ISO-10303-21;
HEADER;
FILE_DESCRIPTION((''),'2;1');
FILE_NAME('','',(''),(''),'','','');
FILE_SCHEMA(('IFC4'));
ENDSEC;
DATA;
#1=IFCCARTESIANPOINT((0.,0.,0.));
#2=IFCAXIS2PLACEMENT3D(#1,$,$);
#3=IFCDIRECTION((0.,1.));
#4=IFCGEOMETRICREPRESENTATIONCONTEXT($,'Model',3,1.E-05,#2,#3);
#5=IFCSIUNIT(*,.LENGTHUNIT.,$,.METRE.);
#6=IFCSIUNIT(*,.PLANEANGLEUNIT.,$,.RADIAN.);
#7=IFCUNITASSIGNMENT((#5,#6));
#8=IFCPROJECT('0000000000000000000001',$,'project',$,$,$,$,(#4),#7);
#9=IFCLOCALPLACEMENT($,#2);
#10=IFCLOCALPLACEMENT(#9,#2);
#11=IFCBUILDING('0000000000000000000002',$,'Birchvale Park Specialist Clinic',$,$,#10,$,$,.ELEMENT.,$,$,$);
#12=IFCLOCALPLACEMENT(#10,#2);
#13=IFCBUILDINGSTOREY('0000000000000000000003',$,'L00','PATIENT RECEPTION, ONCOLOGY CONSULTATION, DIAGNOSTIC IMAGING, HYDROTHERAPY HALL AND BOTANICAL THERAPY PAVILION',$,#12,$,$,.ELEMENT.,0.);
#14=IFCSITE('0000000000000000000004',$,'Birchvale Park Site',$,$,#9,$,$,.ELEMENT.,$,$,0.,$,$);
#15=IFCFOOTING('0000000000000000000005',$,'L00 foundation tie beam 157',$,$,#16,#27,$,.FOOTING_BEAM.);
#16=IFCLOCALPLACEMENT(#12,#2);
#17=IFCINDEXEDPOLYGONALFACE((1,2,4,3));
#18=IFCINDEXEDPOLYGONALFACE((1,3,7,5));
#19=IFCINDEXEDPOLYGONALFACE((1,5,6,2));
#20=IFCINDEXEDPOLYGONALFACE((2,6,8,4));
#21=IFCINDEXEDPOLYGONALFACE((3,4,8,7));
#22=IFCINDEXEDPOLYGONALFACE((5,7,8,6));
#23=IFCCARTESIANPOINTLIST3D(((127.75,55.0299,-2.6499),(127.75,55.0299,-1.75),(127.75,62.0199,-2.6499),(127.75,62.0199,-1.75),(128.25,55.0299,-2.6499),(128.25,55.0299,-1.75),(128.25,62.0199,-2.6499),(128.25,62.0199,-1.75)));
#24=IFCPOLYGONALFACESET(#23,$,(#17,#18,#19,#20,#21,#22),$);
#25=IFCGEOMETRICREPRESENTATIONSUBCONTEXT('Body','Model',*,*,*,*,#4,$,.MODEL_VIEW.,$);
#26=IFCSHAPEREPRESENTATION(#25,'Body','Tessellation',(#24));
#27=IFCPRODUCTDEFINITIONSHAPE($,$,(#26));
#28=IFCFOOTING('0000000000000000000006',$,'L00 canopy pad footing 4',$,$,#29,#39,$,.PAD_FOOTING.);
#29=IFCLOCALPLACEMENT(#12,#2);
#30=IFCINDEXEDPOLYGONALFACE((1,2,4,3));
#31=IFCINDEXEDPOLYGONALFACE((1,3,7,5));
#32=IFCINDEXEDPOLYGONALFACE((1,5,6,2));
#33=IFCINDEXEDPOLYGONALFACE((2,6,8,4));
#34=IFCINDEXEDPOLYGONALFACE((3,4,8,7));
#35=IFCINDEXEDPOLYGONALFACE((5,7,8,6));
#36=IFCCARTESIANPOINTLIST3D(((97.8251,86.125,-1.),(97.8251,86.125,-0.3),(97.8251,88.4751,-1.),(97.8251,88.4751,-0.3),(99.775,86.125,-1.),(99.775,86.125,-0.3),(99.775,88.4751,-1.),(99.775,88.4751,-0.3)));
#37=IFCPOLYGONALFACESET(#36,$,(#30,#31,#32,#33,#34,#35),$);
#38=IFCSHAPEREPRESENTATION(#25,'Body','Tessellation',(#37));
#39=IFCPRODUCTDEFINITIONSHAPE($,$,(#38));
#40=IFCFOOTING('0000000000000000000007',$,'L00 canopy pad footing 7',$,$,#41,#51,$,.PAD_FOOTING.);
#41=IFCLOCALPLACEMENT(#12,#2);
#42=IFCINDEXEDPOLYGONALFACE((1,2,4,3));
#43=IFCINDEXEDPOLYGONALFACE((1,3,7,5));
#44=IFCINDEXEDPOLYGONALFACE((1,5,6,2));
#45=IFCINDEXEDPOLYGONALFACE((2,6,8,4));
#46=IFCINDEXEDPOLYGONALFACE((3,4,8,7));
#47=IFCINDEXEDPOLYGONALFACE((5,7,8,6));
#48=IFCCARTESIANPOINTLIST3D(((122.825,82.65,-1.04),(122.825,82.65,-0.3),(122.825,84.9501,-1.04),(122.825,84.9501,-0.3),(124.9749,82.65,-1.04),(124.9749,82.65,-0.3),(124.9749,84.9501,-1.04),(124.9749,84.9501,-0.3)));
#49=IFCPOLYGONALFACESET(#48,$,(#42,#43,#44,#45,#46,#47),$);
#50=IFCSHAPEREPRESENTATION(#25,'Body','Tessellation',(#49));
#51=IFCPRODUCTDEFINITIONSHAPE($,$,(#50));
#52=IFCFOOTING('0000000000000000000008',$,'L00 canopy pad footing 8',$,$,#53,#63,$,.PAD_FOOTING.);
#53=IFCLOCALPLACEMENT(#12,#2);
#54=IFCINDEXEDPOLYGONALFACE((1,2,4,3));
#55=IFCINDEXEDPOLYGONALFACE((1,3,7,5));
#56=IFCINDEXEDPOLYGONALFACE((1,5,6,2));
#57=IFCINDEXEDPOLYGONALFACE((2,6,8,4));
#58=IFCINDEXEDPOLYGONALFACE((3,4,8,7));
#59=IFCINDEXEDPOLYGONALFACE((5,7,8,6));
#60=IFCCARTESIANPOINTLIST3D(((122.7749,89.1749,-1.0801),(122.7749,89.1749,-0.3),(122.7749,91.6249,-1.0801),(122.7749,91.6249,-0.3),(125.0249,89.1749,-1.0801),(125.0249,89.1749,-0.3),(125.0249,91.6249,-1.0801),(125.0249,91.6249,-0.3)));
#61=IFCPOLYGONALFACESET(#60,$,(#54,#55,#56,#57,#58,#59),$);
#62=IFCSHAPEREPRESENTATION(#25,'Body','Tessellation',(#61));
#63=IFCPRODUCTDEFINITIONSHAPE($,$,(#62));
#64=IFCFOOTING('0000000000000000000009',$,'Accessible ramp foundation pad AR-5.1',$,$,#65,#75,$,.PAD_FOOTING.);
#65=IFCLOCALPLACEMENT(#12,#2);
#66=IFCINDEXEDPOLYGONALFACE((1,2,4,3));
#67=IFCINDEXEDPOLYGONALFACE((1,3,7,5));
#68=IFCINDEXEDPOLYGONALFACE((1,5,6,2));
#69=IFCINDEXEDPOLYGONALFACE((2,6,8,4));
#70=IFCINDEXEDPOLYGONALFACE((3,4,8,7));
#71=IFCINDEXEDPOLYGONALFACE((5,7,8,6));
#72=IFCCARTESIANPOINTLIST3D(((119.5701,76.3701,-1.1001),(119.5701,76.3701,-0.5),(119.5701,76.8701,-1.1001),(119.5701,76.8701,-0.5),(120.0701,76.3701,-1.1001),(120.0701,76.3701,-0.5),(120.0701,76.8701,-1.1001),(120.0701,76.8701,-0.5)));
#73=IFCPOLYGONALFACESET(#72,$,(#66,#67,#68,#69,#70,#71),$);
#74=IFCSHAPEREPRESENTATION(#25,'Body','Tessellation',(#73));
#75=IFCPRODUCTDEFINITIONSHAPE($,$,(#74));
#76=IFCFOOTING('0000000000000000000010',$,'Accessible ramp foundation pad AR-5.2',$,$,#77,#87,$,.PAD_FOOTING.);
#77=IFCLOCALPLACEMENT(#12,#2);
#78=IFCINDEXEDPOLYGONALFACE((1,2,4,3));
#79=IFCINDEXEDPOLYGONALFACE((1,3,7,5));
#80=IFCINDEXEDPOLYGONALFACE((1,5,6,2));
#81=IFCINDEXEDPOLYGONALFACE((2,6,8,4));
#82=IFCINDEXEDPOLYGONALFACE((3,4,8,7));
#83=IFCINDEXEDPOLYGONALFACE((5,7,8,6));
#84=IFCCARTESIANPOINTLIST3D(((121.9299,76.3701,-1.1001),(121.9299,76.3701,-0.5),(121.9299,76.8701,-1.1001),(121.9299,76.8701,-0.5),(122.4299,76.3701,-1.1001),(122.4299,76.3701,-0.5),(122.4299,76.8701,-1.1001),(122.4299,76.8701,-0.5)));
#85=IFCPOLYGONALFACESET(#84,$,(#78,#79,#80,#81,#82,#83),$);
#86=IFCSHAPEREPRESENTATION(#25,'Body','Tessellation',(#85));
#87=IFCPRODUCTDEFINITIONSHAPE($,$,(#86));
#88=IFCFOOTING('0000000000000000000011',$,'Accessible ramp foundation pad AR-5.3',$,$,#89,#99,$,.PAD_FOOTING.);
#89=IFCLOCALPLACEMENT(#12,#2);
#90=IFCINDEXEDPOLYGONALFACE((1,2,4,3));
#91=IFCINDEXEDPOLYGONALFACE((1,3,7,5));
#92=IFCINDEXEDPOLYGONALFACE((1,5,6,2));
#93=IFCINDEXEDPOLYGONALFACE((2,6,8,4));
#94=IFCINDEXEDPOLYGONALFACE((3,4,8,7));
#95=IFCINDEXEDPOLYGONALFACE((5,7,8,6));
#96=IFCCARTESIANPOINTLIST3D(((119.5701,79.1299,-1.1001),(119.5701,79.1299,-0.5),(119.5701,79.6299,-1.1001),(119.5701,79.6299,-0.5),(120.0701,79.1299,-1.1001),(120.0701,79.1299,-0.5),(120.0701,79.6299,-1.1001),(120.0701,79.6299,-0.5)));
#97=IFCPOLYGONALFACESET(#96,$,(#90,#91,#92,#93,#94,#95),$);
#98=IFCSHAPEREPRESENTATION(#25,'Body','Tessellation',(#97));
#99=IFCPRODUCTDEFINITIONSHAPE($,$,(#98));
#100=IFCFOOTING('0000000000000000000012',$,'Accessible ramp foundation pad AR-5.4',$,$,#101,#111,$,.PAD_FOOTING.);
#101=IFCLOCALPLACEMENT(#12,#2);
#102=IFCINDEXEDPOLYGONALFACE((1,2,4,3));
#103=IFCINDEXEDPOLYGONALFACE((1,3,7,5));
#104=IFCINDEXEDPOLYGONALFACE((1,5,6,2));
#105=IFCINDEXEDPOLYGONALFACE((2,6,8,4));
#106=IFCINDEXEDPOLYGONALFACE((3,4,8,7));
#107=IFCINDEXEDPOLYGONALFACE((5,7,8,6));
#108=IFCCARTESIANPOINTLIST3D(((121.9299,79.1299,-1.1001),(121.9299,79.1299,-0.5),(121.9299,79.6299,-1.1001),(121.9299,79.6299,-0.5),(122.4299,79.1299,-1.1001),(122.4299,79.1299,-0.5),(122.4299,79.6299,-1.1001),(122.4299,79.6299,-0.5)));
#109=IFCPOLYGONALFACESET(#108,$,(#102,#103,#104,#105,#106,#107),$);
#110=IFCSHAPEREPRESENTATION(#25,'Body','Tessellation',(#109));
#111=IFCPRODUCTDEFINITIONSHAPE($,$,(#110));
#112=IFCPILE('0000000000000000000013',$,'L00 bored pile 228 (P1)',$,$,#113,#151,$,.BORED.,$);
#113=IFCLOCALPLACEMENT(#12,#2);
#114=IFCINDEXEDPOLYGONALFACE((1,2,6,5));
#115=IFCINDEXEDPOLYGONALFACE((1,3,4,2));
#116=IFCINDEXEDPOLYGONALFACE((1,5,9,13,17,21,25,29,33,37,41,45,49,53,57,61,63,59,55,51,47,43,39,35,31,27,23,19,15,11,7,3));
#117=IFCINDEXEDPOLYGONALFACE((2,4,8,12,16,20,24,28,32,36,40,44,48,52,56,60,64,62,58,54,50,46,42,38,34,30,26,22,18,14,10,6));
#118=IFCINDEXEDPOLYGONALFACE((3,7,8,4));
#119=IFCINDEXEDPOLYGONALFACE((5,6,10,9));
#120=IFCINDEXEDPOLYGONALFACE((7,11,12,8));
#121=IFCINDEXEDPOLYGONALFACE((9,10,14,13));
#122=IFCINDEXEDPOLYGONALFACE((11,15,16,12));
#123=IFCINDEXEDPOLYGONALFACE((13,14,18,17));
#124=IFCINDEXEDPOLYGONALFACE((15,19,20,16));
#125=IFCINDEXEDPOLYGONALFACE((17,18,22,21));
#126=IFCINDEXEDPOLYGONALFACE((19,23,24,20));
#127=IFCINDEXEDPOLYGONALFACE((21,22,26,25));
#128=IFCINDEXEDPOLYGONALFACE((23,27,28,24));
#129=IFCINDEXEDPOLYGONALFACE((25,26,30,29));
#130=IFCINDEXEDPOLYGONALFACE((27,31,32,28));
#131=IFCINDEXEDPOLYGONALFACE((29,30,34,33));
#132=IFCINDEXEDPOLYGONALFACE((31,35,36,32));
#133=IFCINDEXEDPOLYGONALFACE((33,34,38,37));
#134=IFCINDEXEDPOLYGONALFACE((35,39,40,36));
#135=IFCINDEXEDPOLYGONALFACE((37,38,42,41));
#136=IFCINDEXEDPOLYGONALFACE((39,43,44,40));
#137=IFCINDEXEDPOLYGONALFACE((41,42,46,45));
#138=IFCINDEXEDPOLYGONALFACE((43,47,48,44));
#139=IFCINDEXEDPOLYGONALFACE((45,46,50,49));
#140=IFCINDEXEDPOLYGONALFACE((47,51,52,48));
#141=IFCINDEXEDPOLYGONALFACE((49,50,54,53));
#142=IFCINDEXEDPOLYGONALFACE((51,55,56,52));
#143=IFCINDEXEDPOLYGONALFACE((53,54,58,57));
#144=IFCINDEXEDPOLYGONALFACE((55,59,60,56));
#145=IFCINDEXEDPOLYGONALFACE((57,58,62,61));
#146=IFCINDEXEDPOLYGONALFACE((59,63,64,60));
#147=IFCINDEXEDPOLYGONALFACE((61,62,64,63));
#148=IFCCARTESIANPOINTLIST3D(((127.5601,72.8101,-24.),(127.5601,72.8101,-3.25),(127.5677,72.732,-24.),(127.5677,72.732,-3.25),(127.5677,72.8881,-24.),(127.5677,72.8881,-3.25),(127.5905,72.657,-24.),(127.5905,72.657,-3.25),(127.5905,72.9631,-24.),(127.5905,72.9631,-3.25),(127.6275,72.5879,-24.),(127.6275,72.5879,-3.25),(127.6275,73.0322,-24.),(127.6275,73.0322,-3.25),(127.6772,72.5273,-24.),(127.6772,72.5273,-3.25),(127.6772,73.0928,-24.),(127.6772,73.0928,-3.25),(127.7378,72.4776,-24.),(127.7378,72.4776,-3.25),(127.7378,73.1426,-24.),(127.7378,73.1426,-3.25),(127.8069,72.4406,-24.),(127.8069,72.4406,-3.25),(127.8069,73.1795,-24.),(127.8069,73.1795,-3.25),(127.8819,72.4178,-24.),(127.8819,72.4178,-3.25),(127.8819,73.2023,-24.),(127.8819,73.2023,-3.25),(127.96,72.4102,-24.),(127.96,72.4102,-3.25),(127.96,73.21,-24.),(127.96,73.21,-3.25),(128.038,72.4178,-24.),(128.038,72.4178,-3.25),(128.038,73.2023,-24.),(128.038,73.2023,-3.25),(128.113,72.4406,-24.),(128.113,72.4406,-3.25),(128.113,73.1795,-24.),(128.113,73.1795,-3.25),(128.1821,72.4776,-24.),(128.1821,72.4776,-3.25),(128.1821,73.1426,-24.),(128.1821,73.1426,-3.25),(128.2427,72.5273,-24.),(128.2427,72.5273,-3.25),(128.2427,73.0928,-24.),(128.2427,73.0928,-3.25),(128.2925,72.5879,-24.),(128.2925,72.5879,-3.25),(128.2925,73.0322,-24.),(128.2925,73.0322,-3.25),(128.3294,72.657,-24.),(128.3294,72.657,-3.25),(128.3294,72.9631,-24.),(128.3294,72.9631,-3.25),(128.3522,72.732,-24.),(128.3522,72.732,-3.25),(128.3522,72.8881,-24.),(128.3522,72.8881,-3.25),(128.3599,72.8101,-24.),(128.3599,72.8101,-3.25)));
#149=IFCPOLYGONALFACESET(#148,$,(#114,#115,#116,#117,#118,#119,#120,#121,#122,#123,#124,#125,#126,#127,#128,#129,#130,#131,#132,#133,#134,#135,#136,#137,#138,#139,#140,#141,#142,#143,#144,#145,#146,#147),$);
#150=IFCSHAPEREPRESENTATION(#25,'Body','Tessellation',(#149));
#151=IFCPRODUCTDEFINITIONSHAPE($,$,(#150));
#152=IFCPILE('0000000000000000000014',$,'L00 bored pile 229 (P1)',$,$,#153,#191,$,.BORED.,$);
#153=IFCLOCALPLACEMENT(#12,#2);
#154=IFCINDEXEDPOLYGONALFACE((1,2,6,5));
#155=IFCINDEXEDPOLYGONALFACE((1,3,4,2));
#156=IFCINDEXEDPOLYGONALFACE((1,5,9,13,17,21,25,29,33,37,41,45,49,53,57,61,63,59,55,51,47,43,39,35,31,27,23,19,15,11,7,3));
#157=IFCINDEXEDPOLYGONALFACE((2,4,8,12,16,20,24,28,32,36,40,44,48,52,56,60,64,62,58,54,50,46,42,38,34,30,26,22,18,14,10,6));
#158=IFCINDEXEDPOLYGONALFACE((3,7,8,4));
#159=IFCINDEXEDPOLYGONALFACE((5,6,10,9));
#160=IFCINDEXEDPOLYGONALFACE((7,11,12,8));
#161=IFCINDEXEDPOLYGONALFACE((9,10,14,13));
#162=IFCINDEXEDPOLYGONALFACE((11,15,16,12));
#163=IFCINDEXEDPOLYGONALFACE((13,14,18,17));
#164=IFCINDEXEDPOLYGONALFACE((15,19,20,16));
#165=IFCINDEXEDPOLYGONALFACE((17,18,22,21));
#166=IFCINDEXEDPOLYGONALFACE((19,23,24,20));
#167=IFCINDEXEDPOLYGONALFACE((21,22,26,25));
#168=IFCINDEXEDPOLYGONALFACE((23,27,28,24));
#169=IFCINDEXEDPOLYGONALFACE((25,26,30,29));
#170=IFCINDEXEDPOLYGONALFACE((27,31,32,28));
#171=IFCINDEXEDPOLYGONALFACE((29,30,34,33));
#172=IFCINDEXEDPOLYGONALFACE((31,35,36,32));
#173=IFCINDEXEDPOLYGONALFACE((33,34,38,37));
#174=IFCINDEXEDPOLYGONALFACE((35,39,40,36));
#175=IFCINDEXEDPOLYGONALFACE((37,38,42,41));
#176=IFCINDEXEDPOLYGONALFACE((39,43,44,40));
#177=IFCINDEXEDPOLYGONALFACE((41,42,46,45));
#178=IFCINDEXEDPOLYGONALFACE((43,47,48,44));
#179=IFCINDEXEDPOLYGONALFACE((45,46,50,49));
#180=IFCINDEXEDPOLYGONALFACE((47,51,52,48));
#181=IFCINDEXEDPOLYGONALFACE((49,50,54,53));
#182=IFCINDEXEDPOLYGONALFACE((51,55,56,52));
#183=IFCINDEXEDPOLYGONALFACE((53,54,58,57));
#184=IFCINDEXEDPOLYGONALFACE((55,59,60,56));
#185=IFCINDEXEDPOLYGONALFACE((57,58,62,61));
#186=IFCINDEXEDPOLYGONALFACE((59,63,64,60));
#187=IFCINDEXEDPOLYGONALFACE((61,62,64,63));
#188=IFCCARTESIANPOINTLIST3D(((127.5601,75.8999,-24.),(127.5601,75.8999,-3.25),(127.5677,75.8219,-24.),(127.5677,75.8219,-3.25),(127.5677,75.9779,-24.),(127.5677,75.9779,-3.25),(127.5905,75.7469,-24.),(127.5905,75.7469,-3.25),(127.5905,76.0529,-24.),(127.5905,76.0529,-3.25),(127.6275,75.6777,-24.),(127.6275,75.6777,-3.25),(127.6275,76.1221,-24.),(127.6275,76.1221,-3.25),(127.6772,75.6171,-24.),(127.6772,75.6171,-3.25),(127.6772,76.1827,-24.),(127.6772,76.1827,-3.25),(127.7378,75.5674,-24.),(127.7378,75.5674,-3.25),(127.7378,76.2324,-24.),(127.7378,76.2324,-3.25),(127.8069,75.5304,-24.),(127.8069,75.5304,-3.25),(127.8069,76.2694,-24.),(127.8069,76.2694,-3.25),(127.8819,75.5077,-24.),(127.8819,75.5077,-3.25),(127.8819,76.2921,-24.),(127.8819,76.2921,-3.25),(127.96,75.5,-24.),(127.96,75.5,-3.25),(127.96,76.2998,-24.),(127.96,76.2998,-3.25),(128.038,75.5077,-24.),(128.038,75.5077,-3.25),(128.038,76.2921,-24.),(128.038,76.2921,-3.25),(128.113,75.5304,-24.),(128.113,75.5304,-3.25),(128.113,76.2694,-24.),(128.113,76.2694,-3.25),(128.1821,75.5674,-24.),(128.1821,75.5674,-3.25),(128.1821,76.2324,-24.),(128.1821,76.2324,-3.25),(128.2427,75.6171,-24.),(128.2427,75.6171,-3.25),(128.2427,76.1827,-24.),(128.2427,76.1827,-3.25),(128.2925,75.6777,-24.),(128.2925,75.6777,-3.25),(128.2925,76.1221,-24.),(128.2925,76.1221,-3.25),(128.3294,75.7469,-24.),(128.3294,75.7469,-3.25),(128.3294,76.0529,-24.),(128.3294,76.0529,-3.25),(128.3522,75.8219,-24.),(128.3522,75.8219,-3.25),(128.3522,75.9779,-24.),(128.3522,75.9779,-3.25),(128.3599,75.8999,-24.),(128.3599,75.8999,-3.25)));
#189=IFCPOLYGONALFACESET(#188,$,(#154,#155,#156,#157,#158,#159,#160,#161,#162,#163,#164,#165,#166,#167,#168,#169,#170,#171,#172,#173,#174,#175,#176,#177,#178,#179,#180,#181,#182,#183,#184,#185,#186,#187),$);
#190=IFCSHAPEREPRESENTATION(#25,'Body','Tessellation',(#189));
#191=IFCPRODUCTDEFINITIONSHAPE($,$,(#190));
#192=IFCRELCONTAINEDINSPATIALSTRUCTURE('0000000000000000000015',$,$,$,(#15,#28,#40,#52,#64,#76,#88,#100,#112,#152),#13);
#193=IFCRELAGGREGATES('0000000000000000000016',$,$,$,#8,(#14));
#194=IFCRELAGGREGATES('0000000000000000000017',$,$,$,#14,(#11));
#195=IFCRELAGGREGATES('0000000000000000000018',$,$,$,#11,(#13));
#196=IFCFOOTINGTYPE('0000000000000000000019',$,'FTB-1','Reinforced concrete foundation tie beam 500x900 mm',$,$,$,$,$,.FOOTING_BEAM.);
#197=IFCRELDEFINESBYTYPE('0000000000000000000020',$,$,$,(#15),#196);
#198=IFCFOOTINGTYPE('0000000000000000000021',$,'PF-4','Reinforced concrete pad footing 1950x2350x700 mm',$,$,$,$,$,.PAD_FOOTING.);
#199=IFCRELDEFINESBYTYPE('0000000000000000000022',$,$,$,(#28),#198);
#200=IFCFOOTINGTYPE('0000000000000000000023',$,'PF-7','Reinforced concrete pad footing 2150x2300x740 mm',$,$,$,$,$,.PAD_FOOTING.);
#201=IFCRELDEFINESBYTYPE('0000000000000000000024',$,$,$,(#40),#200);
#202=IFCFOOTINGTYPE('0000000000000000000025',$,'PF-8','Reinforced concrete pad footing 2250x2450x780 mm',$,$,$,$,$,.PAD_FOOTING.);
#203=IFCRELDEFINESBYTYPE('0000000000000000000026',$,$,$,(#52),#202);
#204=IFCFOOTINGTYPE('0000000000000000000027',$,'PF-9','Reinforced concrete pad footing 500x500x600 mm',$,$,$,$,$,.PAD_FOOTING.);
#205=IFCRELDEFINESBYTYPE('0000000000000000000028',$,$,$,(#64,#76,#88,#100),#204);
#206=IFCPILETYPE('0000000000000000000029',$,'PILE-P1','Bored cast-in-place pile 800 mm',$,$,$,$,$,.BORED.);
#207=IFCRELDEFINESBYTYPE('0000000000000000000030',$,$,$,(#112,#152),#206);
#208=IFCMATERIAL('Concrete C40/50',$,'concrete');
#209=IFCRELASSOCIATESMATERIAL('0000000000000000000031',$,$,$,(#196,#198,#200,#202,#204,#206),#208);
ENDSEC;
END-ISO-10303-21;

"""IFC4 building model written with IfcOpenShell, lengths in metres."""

from ifc_helpers import new_model, si_unit, direction, frame, origin, origin_2d, place, context, subcontext, project, spatial, rectangle, circle, extrude, material, material_profile, profile_set, type_object, element, save


model = new_model("IFC4")

# Units and contexts
model_context = context("Model", 3, precision=1e-05, world=origin(), true_north=direction((0.0, 1.0)))
body_context = subcontext(model_context, "Body", "Model", "MODEL_VIEW")
ifc_project = project(units=[si_unit("LENGTHUNIT", "METRE"), si_unit("PLANEANGLEUNIT", "RADIAN")], contexts=[model_context])

# Site, building, storey
site_placement = place(None, origin())
site = spatial("IfcSite", under=ifc_project, at=site_placement, Name="Birchvale Park Site", CompositionType="ELEMENT", RefElevation=0.0)
building_placement = place(site_placement, origin())
building = spatial("IfcBuilding", under=site, at=building_placement, Name="Birchvale Park Specialist Clinic", CompositionType="ELEMENT")
storey_placement = place(building_placement, origin())
storey = spatial("IfcBuildingStorey", under=building, at=storey_placement, Name="L00", Description="PATIENT RECEPTION, ONCOLOGY CONSULTATION, DIAGNOSTIC IMAGING, HYDROTHERAPY HALL AND BOTANICAL THERAPY PAVILION", CompositionType="ELEMENT", Elevation=0.0)

# Footings
ifc_material_1 = material(Name="Concrete C40/50", Category="concrete")
footing_type_1 = type_object("IfcFootingType", Name="FTB-1", Description="Reinforced concrete foundation tie beam 500x900 mm", PredefinedType="FOOTING_BEAM", material=ifc_material_1)
footing_1_placement = place(storey_placement, frame((128.0, 58.5249, -2.6499), z_axis=(0.0, 0.0, 1.0), x_axis=(1.0, 0.0, 0.0)))
element("IfcFooting", 1, at=footing_1_placement, inside=storey, type_object=footing_type_1, Name="L00 foundation tie beam 157", PredefinedType="FOOTING_BEAM", context=body_context, shape_type="SweptSolid", body=[
    extrude(rectangle(XDim=0.5, YDim=6.99, at=origin_2d()), origin(), (0.0, 0.0, 1.0), 0.8999),
])
footing_type_2 = type_object("IfcFootingType", Name="PF-4", Description="Reinforced concrete pad footing 1950x2350x700 mm", PredefinedType="PAD_FOOTING", material=ifc_material_1)
footing_2_placement = place(storey_placement, frame((98.8, 87.3, -1.0), z_axis=(0.0, 0.0, 1.0), x_axis=(1.0, 0.0, 0.0)))
element("IfcFooting", 2, at=footing_2_placement, inside=storey, type_object=footing_type_2, Name="L00 canopy pad footing 4", PredefinedType="PAD_FOOTING", context=body_context, shape_type="SweptSolid", body=[
    extrude(rectangle(XDim=1.95, YDim=2.3501, at=origin_2d()), origin(), (0.0, 0.0, 1.0), 0.7),
])
footing_type_3 = type_object("IfcFootingType", Name="PF-7", Description="Reinforced concrete pad footing 2150x2300x740 mm", PredefinedType="PAD_FOOTING", material=ifc_material_1)
footing_3_placement = place(storey_placement, frame((123.8999, 83.8, -1.04), z_axis=(0.0, 0.0, 1.0), x_axis=(1.0, 0.0, 0.0)))
element("IfcFooting", 3, at=footing_3_placement, inside=storey, type_object=footing_type_3, Name="L00 canopy pad footing 7", PredefinedType="PAD_FOOTING", context=body_context, shape_type="SweptSolid", body=[
    extrude(rectangle(XDim=2.1499, YDim=2.3, at=origin_2d()), origin(), (0.0, 0.0, 1.0), 0.74),
])
footing_type_4 = type_object("IfcFootingType", Name="PF-8", Description="Reinforced concrete pad footing 2250x2450x780 mm", PredefinedType="PAD_FOOTING", material=ifc_material_1)
footing_4_placement = place(storey_placement, frame((123.8999, 90.3999, -1.0801), z_axis=(0.0, 0.0, 1.0), x_axis=(1.0, 0.0, 0.0)))
element("IfcFooting", 4, at=footing_4_placement, inside=storey, type_object=footing_type_4, Name="L00 canopy pad footing 8", PredefinedType="PAD_FOOTING", context=body_context, shape_type="SweptSolid", body=[
    extrude(rectangle(XDim=2.25, YDim=2.45, at=origin_2d()), origin(), (0.0, 0.0, 1.0), 0.78),
])
footing_type_5 = type_object("IfcFootingType", Name="PF-9", Description="Reinforced concrete pad footing 500x500x600 mm", PredefinedType="PAD_FOOTING", material=ifc_material_1)
for number, where, z_axis, x_axis, name in (
    (5, (119.8201, 76.6201, -1.1001), (0.0, 0.0, 1.0), (1.0, 0.0, 0.0), "Accessible ramp foundation pad AR-5.1"),
    (6, (122.1799, 76.6201, -1.1001), (0.0, 0.0, 1.0), (1.0, 0.0, 0.0), "Accessible ramp foundation pad AR-5.2"),
    (7, (119.8201, 79.3799, -1.1001), (0.0, 0.0, 1.0), (1.0, 0.0, 0.0), "Accessible ramp foundation pad AR-5.3"),
    (8, (122.1799, 79.3799, -1.1001), (0.0, 0.0, 1.0), (1.0, 0.0, 0.0), "Accessible ramp foundation pad AR-5.4"),
):
    element("IfcFooting", number, at=place(storey_placement, frame(where, z_axis=z_axis, x_axis=x_axis)), inside=storey, type_object=footing_type_5, Name=name, PredefinedType="PAD_FOOTING", context=body_context, shape_type="SweptSolid", body=[
        extrude(rectangle(XDim=0.5, YDim=0.5, at=origin_2d()), origin(), (0.0, 0.0, 1.0), 0.6001),
    ])

# Piles
ifc_material_profile_1 = material_profile(ifc_material_1, circle(Radius=0.3999, at=origin_2d()), Name="PILE-800")
ifc_profile_set_1 = profile_set([ifc_material_profile_1], Name="Concrete C40/50")
pile_type = type_object("IfcPileType", Name="PILE-P1", Description="Bored cast-in-place pile 800 mm", PredefinedType="BORED", material=ifc_profile_set_1)
for number, where, z_axis, x_axis, name in (
    (9, (127.96, 72.8101, -3.25), (0.0, 0.0, -1.0), (1.0, 0.0, 0.0), "L00 bored pile 228 (P1)"),
    (10, (127.96, 75.8999, -3.25), (0.0, 0.0, -1.0), (1.0, 0.0, 0.0), "L00 bored pile 229 (P1)"),
):
    element("IfcPile", number, at=place(storey_placement, frame(where, z_axis=z_axis, x_axis=x_axis)), inside=storey, type_object=pile_type, Name=name, PredefinedType="BORED", context=body_context, shape_type="SweptSolid", body=[
        extrude(circle(Radius=0.3999, at=origin_2d()), origin(), (0.0, 0.0, 1.0), 20.75),
    ])

save(model, "model.ifc")
